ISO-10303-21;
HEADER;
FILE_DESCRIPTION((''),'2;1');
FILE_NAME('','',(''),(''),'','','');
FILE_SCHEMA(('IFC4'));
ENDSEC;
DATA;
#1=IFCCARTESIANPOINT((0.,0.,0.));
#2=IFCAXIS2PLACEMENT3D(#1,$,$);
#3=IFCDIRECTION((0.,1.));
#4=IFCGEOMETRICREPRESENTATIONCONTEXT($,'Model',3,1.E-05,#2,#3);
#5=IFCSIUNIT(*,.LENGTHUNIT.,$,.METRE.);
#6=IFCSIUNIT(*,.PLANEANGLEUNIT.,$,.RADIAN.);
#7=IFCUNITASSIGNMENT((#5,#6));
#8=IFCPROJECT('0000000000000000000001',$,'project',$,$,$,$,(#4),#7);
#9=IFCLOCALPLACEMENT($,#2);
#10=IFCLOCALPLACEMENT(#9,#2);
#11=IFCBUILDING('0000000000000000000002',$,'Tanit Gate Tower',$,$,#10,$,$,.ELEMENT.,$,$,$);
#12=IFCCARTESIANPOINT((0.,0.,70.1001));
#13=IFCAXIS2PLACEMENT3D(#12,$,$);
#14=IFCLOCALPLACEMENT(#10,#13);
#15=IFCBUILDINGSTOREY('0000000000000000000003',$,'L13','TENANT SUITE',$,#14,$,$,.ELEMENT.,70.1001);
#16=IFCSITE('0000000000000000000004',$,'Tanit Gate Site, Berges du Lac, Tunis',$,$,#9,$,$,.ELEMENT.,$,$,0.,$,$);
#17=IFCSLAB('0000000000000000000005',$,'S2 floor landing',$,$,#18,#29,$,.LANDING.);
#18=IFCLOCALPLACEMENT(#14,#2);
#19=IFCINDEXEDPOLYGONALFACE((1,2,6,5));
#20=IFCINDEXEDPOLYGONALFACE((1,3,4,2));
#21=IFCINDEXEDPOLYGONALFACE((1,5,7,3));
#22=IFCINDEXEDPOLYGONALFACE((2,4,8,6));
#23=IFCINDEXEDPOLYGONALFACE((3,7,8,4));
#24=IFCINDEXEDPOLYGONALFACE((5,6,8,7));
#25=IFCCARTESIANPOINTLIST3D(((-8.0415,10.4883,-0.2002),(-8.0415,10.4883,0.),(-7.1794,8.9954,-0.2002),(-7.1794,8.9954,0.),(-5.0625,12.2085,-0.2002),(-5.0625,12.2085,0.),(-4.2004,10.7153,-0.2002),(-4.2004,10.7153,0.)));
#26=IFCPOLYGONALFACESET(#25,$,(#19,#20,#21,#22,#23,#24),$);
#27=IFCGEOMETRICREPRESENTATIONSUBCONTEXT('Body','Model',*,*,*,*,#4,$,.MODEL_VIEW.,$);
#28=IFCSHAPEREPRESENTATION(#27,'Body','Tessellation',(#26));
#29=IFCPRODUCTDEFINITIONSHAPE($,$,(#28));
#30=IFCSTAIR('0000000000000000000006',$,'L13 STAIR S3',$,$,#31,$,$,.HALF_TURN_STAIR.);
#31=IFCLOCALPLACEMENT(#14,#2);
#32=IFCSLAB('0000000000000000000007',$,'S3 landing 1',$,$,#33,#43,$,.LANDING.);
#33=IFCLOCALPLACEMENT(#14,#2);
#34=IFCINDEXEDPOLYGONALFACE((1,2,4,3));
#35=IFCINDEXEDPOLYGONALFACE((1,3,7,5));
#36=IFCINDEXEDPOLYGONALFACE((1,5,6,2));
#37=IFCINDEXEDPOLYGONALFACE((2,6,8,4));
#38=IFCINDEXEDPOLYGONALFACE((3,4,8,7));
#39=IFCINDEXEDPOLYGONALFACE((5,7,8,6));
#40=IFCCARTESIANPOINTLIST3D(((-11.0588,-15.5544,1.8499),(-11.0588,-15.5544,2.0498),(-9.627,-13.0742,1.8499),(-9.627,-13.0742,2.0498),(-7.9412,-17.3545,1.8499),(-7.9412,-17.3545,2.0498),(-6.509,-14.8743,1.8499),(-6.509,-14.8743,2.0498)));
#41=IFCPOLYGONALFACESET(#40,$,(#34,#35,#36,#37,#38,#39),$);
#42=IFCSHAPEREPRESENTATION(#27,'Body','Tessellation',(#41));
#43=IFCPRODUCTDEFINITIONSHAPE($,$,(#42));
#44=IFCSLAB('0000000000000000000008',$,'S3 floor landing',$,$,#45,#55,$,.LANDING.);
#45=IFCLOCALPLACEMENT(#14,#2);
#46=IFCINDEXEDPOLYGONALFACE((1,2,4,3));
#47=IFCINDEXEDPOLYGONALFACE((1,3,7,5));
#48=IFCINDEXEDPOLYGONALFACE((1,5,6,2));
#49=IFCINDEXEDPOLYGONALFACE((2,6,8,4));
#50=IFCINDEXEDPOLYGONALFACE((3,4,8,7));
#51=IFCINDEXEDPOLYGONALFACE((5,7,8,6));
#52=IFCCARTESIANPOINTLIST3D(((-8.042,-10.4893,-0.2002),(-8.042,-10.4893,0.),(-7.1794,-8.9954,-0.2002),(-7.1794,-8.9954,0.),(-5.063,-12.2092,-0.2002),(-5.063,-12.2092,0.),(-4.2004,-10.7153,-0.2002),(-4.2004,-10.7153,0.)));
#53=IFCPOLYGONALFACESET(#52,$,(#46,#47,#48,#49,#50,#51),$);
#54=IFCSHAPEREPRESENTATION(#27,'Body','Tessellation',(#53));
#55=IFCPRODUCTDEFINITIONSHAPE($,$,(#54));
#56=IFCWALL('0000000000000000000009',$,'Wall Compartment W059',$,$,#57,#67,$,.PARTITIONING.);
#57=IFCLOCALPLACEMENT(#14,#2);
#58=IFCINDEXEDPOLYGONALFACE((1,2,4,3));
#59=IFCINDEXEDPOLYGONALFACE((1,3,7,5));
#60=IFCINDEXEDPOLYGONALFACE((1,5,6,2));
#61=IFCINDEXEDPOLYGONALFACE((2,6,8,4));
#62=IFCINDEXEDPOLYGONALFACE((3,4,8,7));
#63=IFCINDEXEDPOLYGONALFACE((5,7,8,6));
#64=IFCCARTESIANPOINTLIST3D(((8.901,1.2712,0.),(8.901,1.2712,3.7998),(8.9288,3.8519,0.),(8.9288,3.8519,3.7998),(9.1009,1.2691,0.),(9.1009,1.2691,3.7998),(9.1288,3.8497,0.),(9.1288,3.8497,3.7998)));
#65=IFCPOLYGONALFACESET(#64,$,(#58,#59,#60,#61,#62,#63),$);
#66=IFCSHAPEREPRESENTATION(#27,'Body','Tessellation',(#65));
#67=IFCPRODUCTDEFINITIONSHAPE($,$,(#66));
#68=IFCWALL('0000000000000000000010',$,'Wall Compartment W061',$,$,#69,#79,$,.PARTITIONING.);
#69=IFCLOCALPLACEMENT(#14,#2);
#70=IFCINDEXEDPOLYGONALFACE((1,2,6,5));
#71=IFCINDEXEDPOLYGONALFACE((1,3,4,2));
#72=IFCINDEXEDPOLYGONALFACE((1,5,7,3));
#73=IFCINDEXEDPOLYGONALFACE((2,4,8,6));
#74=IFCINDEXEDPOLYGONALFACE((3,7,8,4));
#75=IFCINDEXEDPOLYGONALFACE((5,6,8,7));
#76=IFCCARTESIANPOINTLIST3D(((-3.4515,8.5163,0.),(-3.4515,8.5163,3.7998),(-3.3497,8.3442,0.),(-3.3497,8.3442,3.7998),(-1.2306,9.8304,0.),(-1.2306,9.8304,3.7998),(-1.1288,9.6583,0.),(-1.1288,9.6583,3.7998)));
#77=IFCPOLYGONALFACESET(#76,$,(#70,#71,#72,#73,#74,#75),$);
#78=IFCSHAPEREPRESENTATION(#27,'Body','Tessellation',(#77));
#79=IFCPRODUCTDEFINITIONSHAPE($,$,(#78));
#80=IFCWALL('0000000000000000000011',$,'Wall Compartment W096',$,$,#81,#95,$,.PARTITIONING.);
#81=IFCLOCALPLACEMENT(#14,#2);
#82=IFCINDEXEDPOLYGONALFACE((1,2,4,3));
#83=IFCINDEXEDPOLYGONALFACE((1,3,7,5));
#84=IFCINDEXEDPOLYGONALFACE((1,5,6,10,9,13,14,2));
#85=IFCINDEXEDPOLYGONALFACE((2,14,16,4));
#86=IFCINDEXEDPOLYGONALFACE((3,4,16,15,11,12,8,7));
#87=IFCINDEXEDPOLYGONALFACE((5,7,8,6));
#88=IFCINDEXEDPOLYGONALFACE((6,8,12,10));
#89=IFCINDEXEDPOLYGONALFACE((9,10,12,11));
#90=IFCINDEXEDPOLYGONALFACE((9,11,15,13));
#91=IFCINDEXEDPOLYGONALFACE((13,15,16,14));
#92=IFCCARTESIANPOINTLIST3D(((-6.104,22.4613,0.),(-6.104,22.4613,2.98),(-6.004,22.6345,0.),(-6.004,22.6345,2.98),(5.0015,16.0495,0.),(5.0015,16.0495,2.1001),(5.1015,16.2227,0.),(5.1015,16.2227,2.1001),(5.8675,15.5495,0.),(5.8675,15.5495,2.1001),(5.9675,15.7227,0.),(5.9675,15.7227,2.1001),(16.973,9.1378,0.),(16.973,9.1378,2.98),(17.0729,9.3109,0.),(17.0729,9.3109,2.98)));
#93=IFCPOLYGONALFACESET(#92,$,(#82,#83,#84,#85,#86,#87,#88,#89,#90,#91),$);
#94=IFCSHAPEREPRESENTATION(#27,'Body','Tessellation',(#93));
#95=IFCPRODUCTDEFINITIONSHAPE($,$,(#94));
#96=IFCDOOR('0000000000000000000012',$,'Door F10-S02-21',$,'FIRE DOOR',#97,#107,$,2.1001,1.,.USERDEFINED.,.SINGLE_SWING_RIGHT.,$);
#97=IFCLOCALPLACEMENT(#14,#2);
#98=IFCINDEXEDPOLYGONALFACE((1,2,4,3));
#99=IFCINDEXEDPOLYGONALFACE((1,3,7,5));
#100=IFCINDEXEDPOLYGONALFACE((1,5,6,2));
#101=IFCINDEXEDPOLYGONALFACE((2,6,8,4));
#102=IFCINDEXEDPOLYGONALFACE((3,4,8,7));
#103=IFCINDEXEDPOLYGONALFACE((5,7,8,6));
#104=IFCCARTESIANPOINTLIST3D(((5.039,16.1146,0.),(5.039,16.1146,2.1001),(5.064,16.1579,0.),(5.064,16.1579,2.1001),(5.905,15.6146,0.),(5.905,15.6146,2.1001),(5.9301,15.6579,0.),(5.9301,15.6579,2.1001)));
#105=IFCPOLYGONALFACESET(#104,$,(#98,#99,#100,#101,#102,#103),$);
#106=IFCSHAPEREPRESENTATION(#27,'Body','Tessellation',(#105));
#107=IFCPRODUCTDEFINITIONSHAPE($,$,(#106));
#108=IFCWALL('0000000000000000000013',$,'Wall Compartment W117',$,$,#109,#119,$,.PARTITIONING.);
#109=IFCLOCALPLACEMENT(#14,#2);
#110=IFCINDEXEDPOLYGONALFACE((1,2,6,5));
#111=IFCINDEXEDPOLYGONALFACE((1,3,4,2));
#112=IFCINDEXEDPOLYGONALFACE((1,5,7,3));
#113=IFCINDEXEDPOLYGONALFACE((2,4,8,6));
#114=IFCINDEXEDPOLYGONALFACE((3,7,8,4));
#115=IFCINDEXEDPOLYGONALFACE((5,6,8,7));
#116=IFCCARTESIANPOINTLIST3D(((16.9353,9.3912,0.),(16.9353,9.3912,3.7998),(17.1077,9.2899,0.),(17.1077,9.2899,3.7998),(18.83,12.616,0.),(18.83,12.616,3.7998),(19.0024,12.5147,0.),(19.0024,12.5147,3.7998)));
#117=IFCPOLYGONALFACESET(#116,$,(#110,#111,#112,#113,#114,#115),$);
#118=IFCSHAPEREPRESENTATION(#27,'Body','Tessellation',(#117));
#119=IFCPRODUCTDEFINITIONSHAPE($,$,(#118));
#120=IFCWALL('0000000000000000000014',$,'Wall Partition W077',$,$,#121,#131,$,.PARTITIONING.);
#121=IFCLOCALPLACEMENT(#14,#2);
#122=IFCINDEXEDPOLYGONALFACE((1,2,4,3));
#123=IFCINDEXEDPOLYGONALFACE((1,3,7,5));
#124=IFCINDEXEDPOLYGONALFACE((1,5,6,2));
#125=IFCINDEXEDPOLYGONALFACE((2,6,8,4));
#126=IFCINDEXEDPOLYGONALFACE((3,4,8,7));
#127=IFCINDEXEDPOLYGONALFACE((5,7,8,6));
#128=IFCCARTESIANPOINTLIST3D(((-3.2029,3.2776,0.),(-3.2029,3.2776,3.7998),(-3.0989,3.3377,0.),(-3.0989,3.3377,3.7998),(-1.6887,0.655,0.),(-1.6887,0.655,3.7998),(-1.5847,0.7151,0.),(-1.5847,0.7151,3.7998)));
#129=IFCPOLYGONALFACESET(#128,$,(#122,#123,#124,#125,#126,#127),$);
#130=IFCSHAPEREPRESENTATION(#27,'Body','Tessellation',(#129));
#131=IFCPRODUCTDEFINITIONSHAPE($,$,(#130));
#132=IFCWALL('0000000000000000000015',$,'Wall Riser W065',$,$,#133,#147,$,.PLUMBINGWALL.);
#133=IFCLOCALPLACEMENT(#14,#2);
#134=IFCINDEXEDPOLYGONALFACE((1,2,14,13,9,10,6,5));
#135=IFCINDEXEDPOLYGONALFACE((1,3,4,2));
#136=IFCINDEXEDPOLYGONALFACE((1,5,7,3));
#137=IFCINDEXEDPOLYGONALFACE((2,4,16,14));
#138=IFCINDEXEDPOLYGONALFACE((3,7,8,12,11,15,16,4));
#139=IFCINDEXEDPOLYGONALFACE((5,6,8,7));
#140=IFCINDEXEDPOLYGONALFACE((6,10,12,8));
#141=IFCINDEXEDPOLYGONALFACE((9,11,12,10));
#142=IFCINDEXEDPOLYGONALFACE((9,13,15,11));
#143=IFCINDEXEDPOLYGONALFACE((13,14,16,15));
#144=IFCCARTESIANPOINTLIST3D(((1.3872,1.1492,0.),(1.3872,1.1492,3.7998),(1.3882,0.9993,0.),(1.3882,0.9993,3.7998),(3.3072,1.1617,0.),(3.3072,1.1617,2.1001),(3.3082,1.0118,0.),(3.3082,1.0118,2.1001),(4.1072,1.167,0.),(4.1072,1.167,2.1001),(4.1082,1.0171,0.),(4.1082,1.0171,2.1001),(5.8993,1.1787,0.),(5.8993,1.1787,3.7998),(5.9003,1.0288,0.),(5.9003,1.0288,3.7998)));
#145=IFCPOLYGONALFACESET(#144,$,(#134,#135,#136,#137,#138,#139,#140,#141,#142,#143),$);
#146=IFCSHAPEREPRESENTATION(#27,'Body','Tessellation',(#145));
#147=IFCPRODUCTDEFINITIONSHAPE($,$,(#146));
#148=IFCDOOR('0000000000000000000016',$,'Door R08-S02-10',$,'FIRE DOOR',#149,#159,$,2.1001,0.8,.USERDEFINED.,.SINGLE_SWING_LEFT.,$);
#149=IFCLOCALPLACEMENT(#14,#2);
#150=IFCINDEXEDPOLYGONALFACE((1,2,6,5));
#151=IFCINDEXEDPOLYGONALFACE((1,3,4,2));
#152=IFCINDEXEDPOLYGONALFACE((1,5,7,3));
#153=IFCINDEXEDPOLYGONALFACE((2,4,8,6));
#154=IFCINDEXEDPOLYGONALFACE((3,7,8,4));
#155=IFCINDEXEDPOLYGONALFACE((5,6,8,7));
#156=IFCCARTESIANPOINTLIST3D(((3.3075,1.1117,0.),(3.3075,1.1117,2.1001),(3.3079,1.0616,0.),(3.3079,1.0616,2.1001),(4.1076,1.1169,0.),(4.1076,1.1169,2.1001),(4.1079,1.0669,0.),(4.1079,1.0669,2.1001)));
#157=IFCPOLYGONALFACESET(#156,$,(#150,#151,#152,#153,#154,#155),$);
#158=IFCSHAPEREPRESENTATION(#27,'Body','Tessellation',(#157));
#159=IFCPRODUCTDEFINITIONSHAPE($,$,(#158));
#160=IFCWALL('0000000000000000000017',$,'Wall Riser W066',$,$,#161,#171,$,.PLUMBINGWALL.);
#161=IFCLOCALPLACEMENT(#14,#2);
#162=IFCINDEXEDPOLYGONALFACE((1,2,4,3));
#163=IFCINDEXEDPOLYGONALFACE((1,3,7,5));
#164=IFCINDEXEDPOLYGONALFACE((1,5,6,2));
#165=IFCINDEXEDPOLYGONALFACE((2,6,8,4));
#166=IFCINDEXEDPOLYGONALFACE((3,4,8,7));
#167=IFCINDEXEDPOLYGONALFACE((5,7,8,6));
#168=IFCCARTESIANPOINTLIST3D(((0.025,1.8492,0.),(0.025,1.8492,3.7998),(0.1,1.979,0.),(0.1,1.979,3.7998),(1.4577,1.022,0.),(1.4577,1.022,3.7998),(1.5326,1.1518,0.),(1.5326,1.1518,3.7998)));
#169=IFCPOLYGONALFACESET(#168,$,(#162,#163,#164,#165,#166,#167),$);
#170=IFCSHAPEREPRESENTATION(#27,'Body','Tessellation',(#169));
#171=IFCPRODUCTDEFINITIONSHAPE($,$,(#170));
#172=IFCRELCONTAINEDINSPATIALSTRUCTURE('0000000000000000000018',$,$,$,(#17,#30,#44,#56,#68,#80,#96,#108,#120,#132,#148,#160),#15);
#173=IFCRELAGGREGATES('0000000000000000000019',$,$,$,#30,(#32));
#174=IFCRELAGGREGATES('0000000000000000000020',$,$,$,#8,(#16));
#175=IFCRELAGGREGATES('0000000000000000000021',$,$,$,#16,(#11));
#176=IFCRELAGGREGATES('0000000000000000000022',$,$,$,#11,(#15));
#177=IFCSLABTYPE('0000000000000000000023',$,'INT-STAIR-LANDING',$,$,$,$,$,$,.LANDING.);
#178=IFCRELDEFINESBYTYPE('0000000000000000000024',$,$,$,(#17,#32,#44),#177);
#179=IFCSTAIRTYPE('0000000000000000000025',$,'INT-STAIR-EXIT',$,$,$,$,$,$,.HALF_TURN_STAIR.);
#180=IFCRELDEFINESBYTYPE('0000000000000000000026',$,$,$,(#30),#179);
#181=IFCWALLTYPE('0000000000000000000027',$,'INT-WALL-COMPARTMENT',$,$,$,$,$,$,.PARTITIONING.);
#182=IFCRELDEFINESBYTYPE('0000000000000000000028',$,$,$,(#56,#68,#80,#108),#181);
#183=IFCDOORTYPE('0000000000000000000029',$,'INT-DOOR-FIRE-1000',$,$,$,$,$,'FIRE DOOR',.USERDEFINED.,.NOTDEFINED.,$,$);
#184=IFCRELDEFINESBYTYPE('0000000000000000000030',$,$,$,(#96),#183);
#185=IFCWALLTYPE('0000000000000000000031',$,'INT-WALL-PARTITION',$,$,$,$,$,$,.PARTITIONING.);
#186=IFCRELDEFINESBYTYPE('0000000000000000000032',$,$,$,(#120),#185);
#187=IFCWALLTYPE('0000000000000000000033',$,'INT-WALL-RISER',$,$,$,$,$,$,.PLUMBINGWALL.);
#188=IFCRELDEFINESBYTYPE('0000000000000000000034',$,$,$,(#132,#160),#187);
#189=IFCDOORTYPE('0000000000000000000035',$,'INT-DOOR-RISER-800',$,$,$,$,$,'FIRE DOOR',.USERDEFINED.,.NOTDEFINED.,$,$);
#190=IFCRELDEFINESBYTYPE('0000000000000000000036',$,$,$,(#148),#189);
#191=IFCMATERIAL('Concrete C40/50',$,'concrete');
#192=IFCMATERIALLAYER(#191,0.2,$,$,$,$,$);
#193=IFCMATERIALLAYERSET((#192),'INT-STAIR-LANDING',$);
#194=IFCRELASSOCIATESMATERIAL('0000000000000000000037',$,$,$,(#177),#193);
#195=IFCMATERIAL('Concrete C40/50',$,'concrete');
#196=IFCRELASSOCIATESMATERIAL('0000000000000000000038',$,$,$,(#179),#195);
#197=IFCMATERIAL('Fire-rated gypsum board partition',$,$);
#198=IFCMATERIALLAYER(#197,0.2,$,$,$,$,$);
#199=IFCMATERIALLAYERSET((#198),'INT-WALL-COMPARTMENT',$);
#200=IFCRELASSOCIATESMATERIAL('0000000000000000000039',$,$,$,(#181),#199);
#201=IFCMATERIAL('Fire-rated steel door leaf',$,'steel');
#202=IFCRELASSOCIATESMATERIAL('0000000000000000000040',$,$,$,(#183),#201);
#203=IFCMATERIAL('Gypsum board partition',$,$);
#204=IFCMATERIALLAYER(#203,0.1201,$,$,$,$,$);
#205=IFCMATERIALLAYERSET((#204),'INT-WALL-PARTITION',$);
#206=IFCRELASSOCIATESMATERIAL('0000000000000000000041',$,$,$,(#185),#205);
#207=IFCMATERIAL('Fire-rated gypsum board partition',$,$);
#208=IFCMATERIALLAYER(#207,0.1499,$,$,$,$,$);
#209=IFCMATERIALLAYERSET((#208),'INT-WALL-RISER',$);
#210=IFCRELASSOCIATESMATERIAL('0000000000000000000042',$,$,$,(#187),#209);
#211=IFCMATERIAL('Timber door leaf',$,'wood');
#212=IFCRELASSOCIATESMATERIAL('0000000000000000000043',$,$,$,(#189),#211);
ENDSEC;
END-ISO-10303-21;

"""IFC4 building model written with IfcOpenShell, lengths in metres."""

from ifc_helpers import new_model, si_unit, direction, frame, frame_2d, origin, place, context, subcontext, project, spatial, polyline, rectangle, outline, extrude, material, layer, layer_set, type_object, element, fill, aggregate, save


model = new_model("IFC4")

# Units and contexts
model_context = context("Model", 3, precision=1e-05, world=origin(), true_north=direction((0.0, 1.0)))
body_context = subcontext(model_context, "Body", "Model", "MODEL_VIEW")
ifc_project = project(units=[si_unit("LENGTHUNIT", "METRE"), si_unit("PLANEANGLEUNIT", "RADIAN")], contexts=[model_context])

# Site, building, storey
site_placement = place(None, origin())
site = spatial("IfcSite", under=ifc_project, at=site_placement, Name="Tanit Gate Site, Berges du Lac, Tunis", CompositionType="ELEMENT", RefElevation=0.0)
building_placement = place(site_placement, origin())
building = spatial("IfcBuilding", under=site, at=building_placement, Name="Tanit Gate Tower", CompositionType="ELEMENT")
storey_placement = place(building_placement, frame((0.0, 0.0, 70.1001)))
storey = spatial("IfcBuildingStorey", under=building, at=storey_placement, Name="L13", Description="TENANT SUITE", CompositionType="ELEMENT", Elevation=70.1001)

# Slab
ifc_material_1 = material(Name="Concrete C40/50", Category="concrete")
ifc_layer_1 = layer(ifc_material_1, 0.2)
ifc_layer_set_1 = layer_set([ifc_layer_1], Name="INT-STAIR-LANDING")
slab_type = type_object("IfcSlabType", Name="INT-STAIR-LANDING", PredefinedType="LANDING", material=ifc_layer_set_1)
slab_1_placement = place(storey_placement, frame((0.0, 0.0, -0.2002)))
element("IfcSlab", 1, at=slab_1_placement, inside=storey, type_object=slab_type, Name="S2 floor landing", PredefinedType="LANDING", context=body_context, shape_type="SweptSolid", body=[
    extrude(outline(polyline([(-4.2004, 10.7153), (-5.0625, 12.2085), (-8.0415, 10.4883), (-7.1794, 8.9954), (-4.2004, 10.7153)])), origin(), (0.0, 0.0, 1.0), 0.2002),
])

# Stair, slab
ifc_material_2 = material(Name="Concrete C40/50", Category="concrete")
stair_type = type_object("IfcStairType", Name="INT-STAIR-EXIT", PredefinedType="HALF_TURN_STAIR", material=ifc_material_2)
stair_1_placement = place(storey_placement, origin())
stair_1 = element("IfcStair", 2, at=stair_1_placement, inside=storey, type_object=stair_type, Name="L13 STAIR S3", PredefinedType="HALF_TURN_STAIR")
slab_2_placement = place(storey_placement, frame((0.0, 0.0, 1.8499)))
slab_2 = element("IfcSlab", 3, at=slab_2_placement, type_object=slab_type, Name="S3 landing 1", PredefinedType="LANDING", context=body_context, shape_type="SweptSolid", body=[
    extrude(outline(polyline([(-9.627, -13.0742), (-11.0588, -15.5544), (-7.9412, -17.3545), (-6.509, -14.8743), (-9.627, -13.0742)])), origin(), (0.0, 0.0, 1.0), 0.2),
])
aggregate(stair_1, [slab_2])

# Slab
slab_3_placement = place(storey_placement, frame((0.0, 0.0, -0.2002)))
element("IfcSlab", 4, at=slab_3_placement, inside=storey, type_object=slab_type, Name="S3 floor landing", PredefinedType="LANDING", context=body_context, shape_type="SweptSolid", body=[
    extrude(outline(polyline([(-7.1794, -8.9954), (-8.042, -10.4893), (-5.063, -12.2092), (-4.2004, -10.7153), (-7.1794, -8.9954)])), origin(), (0.0, 0.0, 1.0), 0.2002),
])

# Walls
ifc_material_3 = material(Name="Fire-rated gypsum board partition")
ifc_layer_2 = layer(ifc_material_3, 0.2)
ifc_layer_set_2 = layer_set([ifc_layer_2], Name="INT-WALL-COMPARTMENT")
wall_type_1 = type_object("IfcWallType", Name="INT-WALL-COMPARTMENT", PredefinedType="PARTITIONING", material=ifc_layer_set_2)
wall_1_placement = place(storey_placement, frame((9.001, 1.27, 0.0), z_axis=(0.0, 0.0, 1.0), x_axis=(0.010785, 0.999942, 0.0)))
element("IfcWall", 5, at=wall_1_placement, inside=storey, type_object=wall_type_1, Name="Wall Compartment W059", PredefinedType="PARTITIONING", context=body_context, shape_type="SweptSolid", body=[
    extrude(rectangle(XDim=2.5808, YDim=0.2, at=frame_2d((1.2905, 0.0))), origin(), (0.0, 0.0, 1.0), 3.7998),
])
wall_2_placement = place(storey_placement, frame((-1.1797, 9.7444, 0.0), z_axis=(0.0, 0.0, 1.0), x_axis=(-0.860616, -0.509255, 0.0)))
element("IfcWall", 6, at=wall_2_placement, inside=storey, type_object=wall_type_1, Name="Wall Compartment W061", PredefinedType="PARTITIONING", context=body_context, shape_type="SweptSolid", body=[
    extrude(rectangle(XDim=2.5806, YDim=0.2, at=frame_2d((1.2903, 0.0))), origin(), (0.0, 0.0, 1.0), 3.7998),
])

# Wall, opening, door
wall_3_placement = place(storey_placement, frame((17.0229, 9.2244, 0.0), z_axis=(0.0, 0.0, 1.0), x_axis=(-0.866025, 0.500001, 0.0)))
wall_3 = element("IfcWall", 7, at=wall_3_placement, inside=storey, type_object=wall_type_1, Name="Wall Compartment W096", PredefinedType="PARTITIONING", context=body_context, shape_type="SweptSolid", body=[
    extrude(rectangle(XDim=26.647, YDim=0.2, at=frame_2d((13.3235, 0.0))), origin(), (0.0, 0.0, 1.0), 2.98),
])
opening_1_placement = place(wall_3_placement, frame((12.8235, 0.0, 0.0)))
opening_1 = element("IfcOpeningElement", 8, at=opening_1_placement, cuts=wall_3, PredefinedType="OPENING", context=body_context, shape_type="SweptSolid", body=[
    extrude(rectangle(XDim=1.0, YDim=2.1001, at=frame_2d((0.5, 1.05))), frame((0.0, 0.1099, 0.0), z_axis=(0.0, -1.0, 0.0), x_axis=(1.0, 0.0, 0.0)), (0.0, 0.0, 1.0), 0.22),
])
ifc_material_4 = material(Name="Fire-rated steel door leaf", Category="steel")
door_type_1 = type_object("IfcDoorType", Name="INT-DOOR-FIRE-1000", ElementType="FIRE DOOR", OperationType="NOTDEFINED", PredefinedType="USERDEFINED", material=ifc_material_4)
door_1_placement = place(opening_1_placement, origin())
door_1 = element("IfcDoor", 9, at=door_1_placement, inside=storey, type_object=door_type_1, Name="Door F10-S02-21", ObjectType="FIRE DOOR", OperationType="SINGLE_SWING_RIGHT", OverallHeight=2.1001, OverallWidth=1.0, PredefinedType="USERDEFINED", context=body_context, shape_type="SweptSolid", body=[
    extrude(rectangle(XDim=1.0, YDim=2.1001, at=frame_2d((0.5, 1.05))), frame((0.0, 0.0249, 0.0), z_axis=(0.0, -1.0, 0.0), x_axis=(1.0, 0.0, 0.0)), (0.0, 0.0, 1.0), 0.05),
])
fill(opening_1, door_1)

# Walls
wall_4_placement = place(storey_placement, frame((17.0215, 9.3406, 0.0), z_axis=(0.0, 0.0, 1.0), x_axis=(0.506584, 0.862191, 0.0)))
element("IfcWall", 10, at=wall_4_placement, inside=storey, type_object=wall_type_1, Name="Wall Compartment W117", PredefinedType="PARTITIONING", context=body_context, shape_type="SweptSolid", body=[
    extrude(rectangle(XDim=3.7402, YDim=0.2, at=frame_2d((1.8701, 0.0))), origin(), (0.0, 0.0, 1.0), 3.7998),
])
ifc_material_5 = material(Name="Gypsum board partition")
ifc_layer_3 = layer(ifc_material_5, 0.1201)
ifc_layer_set_3 = layer_set([ifc_layer_3], Name="INT-WALL-PARTITION")
wall_type_2 = type_object("IfcWallType", Name="INT-WALL-PARTITION", PredefinedType="PARTITIONING", material=ifc_layer_set_3)
wall_5_placement = place(storey_placement, frame((-1.6367, 0.6851, 0.0), z_axis=(0.0, 0.0, 1.0), x_axis=(-0.500006, 0.866022, 0.0)))
element("IfcWall", 11, at=wall_5_placement, inside=storey, type_object=wall_type_2, Name="Wall Partition W077", PredefinedType="PARTITIONING", context=body_context, shape_type="SweptSolid", body=[
    extrude(rectangle(XDim=3.0283, YDim=0.1201, at=frame_2d((1.5142, 0.0))), origin(), (0.0, 0.0, 1.0), 3.7998),
])

# Wall, opening, door
ifc_material_6 = material(Name="Fire-rated gypsum board partition")
ifc_layer_4 = layer(ifc_material_6, 0.1499)
ifc_layer_set_4 = layer_set([ifc_layer_4], Name="INT-WALL-RISER")
wall_type_3 = type_object("IfcWallType", Name="INT-WALL-RISER", PredefinedType="PLUMBINGWALL", material=ifc_layer_set_4)
wall_6_placement = place(storey_placement, frame((1.3877, 1.0742, 0.0), z_axis=(0.0, 0.0, 1.0), x_axis=(0.999979, 0.006547, 0.0)))
wall_6 = element("IfcWall", 12, at=wall_6_placement, inside=storey, type_object=wall_type_3, Name="Wall Riser W065", PredefinedType="PLUMBINGWALL", context=body_context, shape_type="SweptSolid", body=[
    extrude(rectangle(XDim=4.5122, YDim=0.1499, at=frame_2d((2.2561, 0.0))), origin(), (0.0, 0.0, 1.0), 3.7998),
])
opening_2_placement = place(wall_6_placement, frame((1.9202, 0.0, 0.0)))
opening_2 = element("IfcOpeningElement", 13, at=opening_2_placement, cuts=wall_6, PredefinedType="OPENING", context=body_context, shape_type="SweptSolid", body=[
    extrude(rectangle(XDim=0.8, YDim=2.1001, at=frame_2d((0.3999, 1.05))), frame((0.0, 0.085, 0.0), z_axis=(0.0, -1.0, 0.0), x_axis=(1.0, 0.0, 0.0)), (0.0, 0.0, 1.0), 0.1699),
])
ifc_material_7 = material(Name="Timber door leaf", Category="wood")
door_type_2 = type_object("IfcDoorType", Name="INT-DOOR-RISER-800", ElementType="FIRE DOOR", OperationType="NOTDEFINED", PredefinedType="USERDEFINED", material=ifc_material_7)
door_2_placement = place(opening_2_placement, origin())
door_2 = element("IfcDoor", 14, at=door_2_placement, inside=storey, type_object=door_type_2, Name="Door R08-S02-10", ObjectType="FIRE DOOR", OperationType="SINGLE_SWING_LEFT", OverallHeight=2.1001, OverallWidth=0.8, PredefinedType="USERDEFINED", context=body_context, shape_type="SweptSolid", body=[
    extrude(rectangle(XDim=0.8, YDim=2.1001, at=frame_2d((0.3999, 1.05))), frame((0.0, 0.0249, 0.0), z_axis=(0.0, -1.0, 0.0), x_axis=(1.0, 0.0, 0.0)), (0.0, 0.0, 1.0), 0.05),
])
fill(opening_2, door_2)

# Wall
wall_7_placement = place(storey_placement, frame((0.0625, 1.9141, 0.0), z_axis=(0.0, 0.0, 1.0), x_axis=(0.866018, -0.500012, 0.0)))
element("IfcWall", 15, at=wall_7_placement, inside=storey, type_object=wall_type_3, Name="Wall Riser W066", PredefinedType="PLUMBINGWALL", context=body_context, shape_type="SweptSolid", body=[
    extrude(rectangle(XDim=1.6543, YDim=0.1499, at=frame_2d((0.8271, 0.0))), origin(), (0.0, 0.0, 1.0), 3.7998),
])

save(model, "model.ifc")
